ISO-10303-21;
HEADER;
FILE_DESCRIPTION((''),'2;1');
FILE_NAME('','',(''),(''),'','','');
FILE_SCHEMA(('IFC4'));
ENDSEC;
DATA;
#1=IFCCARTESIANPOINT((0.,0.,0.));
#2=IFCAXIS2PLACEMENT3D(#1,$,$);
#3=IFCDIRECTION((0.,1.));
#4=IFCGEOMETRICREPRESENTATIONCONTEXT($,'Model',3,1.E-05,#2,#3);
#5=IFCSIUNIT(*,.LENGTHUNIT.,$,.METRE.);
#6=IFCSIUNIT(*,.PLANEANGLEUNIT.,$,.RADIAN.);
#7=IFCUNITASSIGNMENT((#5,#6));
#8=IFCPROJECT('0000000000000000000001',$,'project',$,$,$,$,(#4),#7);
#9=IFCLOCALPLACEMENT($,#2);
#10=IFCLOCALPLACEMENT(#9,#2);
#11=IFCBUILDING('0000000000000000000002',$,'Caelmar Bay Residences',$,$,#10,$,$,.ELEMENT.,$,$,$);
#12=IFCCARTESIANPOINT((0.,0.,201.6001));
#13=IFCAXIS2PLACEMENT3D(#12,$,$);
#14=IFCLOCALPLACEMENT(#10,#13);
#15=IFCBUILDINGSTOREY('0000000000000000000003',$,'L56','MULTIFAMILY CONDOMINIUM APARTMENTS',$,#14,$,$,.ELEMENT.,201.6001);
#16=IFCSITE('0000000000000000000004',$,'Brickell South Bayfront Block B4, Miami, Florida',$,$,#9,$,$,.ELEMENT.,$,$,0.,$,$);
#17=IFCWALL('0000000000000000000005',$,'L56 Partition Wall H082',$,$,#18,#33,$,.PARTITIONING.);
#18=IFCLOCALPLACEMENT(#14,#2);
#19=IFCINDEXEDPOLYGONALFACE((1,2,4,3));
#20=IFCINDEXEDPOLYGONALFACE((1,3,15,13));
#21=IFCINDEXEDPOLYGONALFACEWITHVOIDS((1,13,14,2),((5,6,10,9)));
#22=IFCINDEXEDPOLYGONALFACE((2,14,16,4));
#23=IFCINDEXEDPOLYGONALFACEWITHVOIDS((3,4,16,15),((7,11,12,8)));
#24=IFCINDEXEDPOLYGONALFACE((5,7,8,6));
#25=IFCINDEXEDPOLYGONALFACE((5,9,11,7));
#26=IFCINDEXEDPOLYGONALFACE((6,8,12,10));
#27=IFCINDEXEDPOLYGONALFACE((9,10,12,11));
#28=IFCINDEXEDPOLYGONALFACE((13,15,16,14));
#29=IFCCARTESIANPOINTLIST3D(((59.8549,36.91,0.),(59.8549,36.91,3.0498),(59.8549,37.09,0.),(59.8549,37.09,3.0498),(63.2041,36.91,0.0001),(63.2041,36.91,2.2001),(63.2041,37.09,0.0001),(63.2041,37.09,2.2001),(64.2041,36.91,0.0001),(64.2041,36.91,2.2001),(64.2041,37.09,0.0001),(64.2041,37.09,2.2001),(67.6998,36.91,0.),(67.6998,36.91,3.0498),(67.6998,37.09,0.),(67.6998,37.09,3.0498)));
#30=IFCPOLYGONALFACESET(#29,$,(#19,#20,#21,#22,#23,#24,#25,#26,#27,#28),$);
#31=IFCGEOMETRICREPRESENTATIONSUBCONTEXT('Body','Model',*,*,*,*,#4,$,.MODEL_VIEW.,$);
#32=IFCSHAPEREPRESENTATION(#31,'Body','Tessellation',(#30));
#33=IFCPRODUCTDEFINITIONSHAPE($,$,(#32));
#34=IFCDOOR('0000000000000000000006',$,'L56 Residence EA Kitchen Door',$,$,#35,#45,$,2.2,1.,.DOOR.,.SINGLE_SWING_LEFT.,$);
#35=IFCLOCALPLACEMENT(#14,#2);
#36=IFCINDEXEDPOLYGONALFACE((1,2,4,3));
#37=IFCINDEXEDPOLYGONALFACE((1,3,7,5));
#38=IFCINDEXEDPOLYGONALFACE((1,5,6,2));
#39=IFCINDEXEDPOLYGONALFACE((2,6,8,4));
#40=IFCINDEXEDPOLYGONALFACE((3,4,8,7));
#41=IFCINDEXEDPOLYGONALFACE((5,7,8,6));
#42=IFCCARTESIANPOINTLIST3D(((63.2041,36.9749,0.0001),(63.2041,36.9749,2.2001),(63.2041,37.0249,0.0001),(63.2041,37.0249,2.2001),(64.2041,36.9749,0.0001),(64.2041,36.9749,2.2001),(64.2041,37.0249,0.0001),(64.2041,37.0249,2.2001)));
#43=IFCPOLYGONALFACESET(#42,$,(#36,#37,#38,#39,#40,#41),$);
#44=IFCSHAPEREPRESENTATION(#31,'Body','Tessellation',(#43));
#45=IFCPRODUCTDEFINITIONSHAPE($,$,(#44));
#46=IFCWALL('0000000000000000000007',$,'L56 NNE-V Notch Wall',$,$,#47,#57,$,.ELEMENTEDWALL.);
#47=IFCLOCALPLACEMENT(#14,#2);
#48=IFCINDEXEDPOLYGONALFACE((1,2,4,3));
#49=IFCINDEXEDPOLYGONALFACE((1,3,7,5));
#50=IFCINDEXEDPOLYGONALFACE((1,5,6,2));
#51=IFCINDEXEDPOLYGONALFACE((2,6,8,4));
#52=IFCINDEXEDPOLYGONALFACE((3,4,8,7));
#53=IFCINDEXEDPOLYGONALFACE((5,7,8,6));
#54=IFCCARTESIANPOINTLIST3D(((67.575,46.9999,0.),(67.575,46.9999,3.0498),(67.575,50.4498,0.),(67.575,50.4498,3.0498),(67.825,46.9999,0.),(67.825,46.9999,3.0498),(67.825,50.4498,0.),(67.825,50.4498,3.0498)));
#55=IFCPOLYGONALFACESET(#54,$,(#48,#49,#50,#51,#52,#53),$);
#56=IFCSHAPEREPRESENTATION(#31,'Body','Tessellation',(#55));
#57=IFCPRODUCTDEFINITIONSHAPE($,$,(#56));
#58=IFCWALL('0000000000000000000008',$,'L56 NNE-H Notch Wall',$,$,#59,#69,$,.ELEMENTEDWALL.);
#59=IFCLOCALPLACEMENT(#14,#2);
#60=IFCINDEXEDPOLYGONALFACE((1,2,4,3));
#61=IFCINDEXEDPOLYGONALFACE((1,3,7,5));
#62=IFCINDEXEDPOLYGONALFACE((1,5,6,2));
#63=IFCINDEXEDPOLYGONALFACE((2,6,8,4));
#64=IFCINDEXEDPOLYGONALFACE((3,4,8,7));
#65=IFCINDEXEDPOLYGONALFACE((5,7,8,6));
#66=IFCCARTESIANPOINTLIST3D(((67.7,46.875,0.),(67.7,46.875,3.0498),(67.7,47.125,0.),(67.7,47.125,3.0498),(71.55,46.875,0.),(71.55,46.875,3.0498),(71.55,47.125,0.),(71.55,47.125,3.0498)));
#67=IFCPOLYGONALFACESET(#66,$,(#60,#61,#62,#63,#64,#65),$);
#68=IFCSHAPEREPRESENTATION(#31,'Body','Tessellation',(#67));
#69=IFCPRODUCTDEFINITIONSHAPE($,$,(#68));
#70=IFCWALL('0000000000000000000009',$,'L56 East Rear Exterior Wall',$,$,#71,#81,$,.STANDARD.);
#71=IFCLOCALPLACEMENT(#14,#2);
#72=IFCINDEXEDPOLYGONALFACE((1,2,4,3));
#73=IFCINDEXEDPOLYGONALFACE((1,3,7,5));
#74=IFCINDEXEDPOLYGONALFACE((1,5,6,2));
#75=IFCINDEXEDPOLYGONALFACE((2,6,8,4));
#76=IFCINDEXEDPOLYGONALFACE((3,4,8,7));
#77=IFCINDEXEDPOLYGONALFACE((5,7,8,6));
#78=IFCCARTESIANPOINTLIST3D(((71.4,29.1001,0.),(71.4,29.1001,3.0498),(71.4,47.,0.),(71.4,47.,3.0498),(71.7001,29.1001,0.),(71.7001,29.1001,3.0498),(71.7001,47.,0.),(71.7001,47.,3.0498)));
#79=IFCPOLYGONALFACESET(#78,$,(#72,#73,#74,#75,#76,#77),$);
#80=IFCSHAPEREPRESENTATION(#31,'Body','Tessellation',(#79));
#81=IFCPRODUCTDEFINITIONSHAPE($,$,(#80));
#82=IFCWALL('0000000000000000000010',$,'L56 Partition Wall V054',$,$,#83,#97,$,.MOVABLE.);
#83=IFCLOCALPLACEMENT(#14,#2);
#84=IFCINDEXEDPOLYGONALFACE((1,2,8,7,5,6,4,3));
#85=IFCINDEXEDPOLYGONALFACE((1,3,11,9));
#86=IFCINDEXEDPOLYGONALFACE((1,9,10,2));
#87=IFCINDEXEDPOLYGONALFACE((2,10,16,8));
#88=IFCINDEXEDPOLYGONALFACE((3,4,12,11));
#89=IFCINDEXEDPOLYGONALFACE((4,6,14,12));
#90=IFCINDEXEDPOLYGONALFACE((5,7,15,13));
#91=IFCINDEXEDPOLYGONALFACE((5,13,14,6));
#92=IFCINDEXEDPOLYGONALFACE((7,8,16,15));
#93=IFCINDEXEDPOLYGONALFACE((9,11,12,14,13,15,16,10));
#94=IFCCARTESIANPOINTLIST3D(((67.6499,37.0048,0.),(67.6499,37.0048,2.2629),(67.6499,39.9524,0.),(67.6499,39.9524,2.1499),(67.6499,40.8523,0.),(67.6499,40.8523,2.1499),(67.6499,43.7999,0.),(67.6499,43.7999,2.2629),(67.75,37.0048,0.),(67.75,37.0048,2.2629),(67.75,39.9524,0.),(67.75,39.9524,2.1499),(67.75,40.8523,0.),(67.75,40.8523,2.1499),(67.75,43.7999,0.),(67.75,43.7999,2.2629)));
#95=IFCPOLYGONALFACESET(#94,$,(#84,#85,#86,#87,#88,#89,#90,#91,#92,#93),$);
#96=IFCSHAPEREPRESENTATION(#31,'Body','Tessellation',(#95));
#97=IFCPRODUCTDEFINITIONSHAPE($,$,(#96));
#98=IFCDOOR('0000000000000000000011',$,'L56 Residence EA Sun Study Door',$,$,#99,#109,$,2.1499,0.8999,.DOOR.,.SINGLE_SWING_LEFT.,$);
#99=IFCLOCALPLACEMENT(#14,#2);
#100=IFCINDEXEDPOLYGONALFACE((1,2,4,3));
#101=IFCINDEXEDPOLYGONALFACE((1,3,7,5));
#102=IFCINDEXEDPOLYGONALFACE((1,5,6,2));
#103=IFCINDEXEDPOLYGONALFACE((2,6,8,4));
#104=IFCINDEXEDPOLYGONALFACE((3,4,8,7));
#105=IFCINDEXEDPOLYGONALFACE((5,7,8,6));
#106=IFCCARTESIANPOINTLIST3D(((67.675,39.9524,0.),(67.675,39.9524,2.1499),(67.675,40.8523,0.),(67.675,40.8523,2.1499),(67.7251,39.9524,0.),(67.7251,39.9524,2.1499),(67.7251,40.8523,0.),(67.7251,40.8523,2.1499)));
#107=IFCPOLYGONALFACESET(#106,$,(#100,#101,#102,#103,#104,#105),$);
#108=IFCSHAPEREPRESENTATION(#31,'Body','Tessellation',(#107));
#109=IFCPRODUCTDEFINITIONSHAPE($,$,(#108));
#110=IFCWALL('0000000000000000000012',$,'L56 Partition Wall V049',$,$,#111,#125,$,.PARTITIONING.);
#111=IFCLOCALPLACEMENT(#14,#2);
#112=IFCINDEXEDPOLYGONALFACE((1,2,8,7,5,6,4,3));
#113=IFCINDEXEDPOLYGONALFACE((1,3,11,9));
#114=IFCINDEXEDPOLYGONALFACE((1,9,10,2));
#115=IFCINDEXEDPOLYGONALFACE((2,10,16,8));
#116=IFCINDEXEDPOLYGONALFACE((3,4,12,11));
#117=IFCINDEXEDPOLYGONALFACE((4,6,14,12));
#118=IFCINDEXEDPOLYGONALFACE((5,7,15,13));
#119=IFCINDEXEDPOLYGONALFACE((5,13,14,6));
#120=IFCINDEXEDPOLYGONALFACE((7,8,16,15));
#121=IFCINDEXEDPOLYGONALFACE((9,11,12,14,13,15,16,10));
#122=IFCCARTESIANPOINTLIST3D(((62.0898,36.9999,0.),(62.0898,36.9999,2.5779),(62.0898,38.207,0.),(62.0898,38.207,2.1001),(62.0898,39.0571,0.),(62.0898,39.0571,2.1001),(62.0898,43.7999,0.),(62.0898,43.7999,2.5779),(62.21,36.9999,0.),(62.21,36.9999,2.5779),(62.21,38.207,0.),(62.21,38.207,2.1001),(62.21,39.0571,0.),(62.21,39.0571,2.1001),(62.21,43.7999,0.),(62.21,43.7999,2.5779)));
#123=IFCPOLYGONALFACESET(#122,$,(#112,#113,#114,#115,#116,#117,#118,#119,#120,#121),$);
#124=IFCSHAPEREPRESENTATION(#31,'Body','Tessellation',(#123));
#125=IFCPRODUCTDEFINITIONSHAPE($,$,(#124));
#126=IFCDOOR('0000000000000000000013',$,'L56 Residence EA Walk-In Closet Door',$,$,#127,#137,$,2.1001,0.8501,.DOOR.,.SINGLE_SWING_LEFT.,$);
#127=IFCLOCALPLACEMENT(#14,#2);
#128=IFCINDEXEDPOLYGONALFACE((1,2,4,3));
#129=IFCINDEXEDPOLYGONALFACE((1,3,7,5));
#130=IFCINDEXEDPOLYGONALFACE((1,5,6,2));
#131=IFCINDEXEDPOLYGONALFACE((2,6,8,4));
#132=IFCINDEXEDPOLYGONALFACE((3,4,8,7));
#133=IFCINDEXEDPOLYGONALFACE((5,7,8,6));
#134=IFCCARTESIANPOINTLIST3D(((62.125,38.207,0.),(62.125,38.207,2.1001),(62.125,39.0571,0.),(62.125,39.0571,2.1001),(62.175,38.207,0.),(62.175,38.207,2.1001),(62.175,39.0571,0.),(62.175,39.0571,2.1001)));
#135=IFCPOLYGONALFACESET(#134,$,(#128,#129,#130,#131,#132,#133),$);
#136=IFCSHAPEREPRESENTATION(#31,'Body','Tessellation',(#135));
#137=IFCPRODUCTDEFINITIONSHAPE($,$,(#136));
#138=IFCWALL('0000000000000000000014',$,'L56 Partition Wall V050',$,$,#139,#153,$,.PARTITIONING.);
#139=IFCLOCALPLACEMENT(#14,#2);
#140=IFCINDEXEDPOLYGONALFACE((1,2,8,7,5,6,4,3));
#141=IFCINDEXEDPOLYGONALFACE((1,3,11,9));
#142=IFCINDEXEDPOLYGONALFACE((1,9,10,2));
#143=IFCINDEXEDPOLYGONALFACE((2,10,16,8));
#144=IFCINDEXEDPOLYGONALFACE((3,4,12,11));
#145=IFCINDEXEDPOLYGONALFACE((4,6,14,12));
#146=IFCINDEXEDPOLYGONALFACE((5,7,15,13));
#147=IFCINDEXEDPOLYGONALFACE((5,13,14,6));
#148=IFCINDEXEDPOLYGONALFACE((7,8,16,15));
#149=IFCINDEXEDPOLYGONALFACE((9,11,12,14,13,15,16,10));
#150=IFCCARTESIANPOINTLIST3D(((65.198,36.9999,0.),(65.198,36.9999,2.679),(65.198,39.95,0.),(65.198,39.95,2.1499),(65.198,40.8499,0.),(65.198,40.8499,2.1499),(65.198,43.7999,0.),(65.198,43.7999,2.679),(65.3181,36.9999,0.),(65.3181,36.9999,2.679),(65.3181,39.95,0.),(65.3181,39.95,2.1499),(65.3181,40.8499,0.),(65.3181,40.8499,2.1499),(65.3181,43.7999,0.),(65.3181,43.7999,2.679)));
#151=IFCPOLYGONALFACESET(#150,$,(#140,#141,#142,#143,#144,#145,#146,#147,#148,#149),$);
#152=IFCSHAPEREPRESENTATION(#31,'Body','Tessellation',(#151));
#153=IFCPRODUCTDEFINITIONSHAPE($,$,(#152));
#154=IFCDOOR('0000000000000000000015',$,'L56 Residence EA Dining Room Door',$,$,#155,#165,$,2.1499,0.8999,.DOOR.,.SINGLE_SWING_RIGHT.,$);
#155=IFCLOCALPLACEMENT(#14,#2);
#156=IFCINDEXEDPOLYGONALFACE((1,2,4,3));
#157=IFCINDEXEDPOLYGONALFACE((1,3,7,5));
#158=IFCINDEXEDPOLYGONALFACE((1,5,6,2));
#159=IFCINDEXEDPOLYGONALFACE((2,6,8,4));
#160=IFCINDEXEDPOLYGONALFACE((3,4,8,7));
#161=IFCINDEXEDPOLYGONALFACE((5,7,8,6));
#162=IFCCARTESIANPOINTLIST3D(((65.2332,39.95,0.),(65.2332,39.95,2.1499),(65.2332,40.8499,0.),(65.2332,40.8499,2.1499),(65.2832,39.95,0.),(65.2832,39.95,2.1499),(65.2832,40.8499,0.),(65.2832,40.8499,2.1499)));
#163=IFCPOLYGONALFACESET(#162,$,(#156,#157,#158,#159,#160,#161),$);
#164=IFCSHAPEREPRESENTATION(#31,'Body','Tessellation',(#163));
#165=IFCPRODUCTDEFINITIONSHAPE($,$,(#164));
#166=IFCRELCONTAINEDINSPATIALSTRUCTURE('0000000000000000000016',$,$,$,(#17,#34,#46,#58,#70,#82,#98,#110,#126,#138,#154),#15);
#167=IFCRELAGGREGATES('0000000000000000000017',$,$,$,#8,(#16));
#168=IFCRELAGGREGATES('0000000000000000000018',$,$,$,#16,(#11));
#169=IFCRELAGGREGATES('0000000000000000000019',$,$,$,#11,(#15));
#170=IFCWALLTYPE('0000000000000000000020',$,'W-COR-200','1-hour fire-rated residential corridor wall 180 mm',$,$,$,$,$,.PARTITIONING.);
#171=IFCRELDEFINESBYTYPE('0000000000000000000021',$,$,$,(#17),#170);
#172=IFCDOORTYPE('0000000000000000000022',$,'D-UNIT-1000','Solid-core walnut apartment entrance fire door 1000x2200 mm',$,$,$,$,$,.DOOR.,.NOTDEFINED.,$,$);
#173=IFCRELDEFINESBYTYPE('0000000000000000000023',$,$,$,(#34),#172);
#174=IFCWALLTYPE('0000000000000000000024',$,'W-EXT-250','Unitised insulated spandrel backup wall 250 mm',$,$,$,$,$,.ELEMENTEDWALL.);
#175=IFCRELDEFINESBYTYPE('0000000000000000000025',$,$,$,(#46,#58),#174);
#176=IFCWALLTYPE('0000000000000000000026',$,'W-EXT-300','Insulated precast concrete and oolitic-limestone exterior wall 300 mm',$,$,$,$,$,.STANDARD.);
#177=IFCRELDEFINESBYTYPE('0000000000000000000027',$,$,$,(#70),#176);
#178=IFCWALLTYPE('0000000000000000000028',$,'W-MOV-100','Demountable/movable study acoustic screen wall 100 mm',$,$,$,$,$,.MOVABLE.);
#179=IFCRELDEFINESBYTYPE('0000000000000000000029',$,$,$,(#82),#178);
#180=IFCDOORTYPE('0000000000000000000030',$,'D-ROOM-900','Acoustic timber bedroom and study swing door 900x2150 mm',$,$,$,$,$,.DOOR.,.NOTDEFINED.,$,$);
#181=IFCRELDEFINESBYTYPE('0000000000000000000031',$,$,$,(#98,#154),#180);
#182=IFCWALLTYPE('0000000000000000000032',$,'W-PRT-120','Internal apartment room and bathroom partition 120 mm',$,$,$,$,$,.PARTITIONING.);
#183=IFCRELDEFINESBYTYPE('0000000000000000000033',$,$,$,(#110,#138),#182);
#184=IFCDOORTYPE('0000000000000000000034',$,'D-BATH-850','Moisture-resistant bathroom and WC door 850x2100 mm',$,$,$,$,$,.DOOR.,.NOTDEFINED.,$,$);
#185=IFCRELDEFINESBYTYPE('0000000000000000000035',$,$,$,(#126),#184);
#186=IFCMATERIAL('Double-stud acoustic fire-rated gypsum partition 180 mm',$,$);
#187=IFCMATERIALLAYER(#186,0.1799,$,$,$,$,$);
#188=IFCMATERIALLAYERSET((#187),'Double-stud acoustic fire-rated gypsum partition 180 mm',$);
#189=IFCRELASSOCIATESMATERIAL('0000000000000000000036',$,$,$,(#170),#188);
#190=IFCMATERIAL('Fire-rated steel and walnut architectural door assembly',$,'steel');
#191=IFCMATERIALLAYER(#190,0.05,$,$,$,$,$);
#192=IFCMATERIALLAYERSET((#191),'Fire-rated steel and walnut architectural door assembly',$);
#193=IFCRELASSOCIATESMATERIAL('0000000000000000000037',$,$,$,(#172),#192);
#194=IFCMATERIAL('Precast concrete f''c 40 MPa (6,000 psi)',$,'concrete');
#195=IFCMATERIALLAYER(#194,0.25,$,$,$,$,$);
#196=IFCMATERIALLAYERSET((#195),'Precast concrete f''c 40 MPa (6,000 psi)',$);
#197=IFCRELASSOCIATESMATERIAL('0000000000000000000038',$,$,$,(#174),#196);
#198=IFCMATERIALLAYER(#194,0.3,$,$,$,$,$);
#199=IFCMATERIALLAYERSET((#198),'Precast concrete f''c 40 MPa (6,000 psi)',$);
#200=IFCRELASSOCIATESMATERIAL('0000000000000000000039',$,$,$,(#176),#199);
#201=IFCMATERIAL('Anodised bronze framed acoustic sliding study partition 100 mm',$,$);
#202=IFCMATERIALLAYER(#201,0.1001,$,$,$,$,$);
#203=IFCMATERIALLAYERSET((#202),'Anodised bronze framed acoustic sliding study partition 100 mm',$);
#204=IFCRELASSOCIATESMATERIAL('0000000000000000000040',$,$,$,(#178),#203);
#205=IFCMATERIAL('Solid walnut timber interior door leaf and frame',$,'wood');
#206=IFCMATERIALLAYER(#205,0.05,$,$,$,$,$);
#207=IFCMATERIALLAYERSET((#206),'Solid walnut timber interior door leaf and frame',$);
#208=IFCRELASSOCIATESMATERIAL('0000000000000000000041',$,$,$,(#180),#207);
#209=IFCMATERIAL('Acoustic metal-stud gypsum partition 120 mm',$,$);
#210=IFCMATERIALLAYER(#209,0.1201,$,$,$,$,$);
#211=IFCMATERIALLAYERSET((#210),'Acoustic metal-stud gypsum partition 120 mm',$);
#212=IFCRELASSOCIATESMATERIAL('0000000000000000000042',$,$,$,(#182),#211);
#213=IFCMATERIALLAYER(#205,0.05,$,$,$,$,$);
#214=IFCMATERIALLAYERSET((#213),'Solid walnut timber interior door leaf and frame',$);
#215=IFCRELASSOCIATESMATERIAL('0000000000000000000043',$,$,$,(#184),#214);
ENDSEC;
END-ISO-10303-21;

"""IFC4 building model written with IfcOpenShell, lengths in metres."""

from ifc_helpers import new_model, si_unit, direction, frame, frame_2d, origin, place, context, subcontext, project, spatial, rectangle, extrude, material, layer, layer_set, type_object, element, fill, save


model = new_model("IFC4")

# Units and contexts
model_context = context("Model", 3, precision=1e-05, world=origin(), true_north=direction((0.0, 1.0)))
body_context = subcontext(model_context, "Body", "Model", "MODEL_VIEW")
ifc_project = project(units=[si_unit("LENGTHUNIT", "METRE"), si_unit("PLANEANGLEUNIT", "RADIAN")], contexts=[model_context])

# Site, building, storey
site_placement = place(None, origin())
site = spatial("IfcSite", under=ifc_project, at=site_placement, Name="Brickell South Bayfront Block B4, Miami, Florida", CompositionType="ELEMENT", RefElevation=0.0)
building_placement = place(site_placement, origin())
building = spatial("IfcBuilding", under=site, at=building_placement, Name="Caelmar Bay Residences", CompositionType="ELEMENT")
storey_placement = place(building_placement, frame((0.0, 0.0, 201.6001)))
storey = spatial("IfcBuildingStorey", under=building, at=storey_placement, Name="L56", Description="MULTIFAMILY CONDOMINIUM APARTMENTS", CompositionType="ELEMENT", Elevation=201.6001)

# Shared definitions
ifc_material_1 = material(Name="Double-stud acoustic fire-rated gypsum partition 180 mm")
ifc_layer_1 = layer(ifc_material_1, 0.1799)
ifc_layer_set_1 = layer_set([ifc_layer_1], Name="Double-stud acoustic fire-rated gypsum partition 180 mm")
wall_type_1 = type_object("IfcWallType", Name="W-COR-200", Description="1-hour fire-rated residential corridor wall 180 mm", PredefinedType="PARTITIONING", material=ifc_layer_set_1)

# Wall, opening, door
wall_1_placement = place(storey_placement, frame((59.855, 37.0, 0.0), z_axis=(0.0, 0.0, 1.0), x_axis=(1.0, 0.0, 0.0)))
wall_1 = element("IfcWall", 1, at=wall_1_placement, inside=storey, type_object=wall_type_1, Name="L56 Partition Wall H082", PredefinedType="PARTITIONING", context=body_context, shape_type="SweptSolid", body=[
    extrude(rectangle(XDim=7.845, YDim=0.1799, at=frame_2d((3.9224, 0.0))), origin(), (0.0, 0.0, 1.0), 3.0498),
])
opening_1_placement = place(wall_1_placement, frame((3.3491, 0.0, 0.0)))
opening_1 = element("IfcOpeningElement", 2, at=opening_1_placement, cuts=wall_1, PredefinedType="OPENING", context=body_context, shape_type="SweptSolid", body=[
    extrude(rectangle(XDim=1.0, YDim=2.2, at=frame_2d((0.5, 1.1001))), frame((0.0, 0.0999, 0.0), z_axis=(0.0, -1.0, 0.0), x_axis=(1.0, 0.0, 0.0)), (0.0, 0.0, 1.0), 0.2),
])
ifc_material_2 = material(Name="Fire-rated steel and walnut architectural door assembly", Category="steel")
ifc_layer_2 = layer(ifc_material_2, 0.05)
ifc_layer_set_2 = layer_set([ifc_layer_2], Name="Fire-rated steel and walnut architectural door assembly")
door_type_1 = type_object("IfcDoorType", Name="D-UNIT-1000", Description="Solid-core walnut apartment entrance fire door 1000x2200 mm", OperationType="NOTDEFINED", PredefinedType="DOOR", material=ifc_layer_set_2)
door_1_placement = place(opening_1_placement, origin())
door_1 = element("IfcDoor", 3, at=door_1_placement, inside=storey, type_object=door_type_1, Name="L56 Residence EA Kitchen Door", OperationType="SINGLE_SWING_LEFT", OverallHeight=2.2, OverallWidth=1.0, PredefinedType="DOOR", context=body_context, shape_type="SweptSolid", body=[
    extrude(rectangle(XDim=1.0, YDim=2.2, at=frame_2d((0.5, 1.1001))), frame((0.0, 0.0249, 0.0), z_axis=(0.0, -1.0, 0.0), x_axis=(1.0, 0.0, 0.0)), (0.0, 0.0, 1.0), 0.05),
])
fill(opening_1, door_1)

# Walls
ifc_material_3 = material(Name="Precast concrete f'c 40 MPa (6,000 psi)", Category="concrete")
ifc_layer_3 = layer(ifc_material_3, 0.25)
ifc_layer_set_3 = layer_set([ifc_layer_3], Name="Precast concrete f'c 40 MPa (6,000 psi)")
wall_type_2 = type_object("IfcWallType", Name="W-EXT-250", Description="Unitised insulated spandrel backup wall 250 mm", PredefinedType="ELEMENTEDWALL", material=ifc_layer_set_3)
wall_2_placement = place(storey_placement, frame((67.7, 50.45, 0.0), z_axis=(0.0, 0.0, 1.0), x_axis=(0.0, -1.0, 0.0)))
element("IfcWall", 4, at=wall_2_placement, inside=storey, type_object=wall_type_2, Name="L56 NNE-V Notch Wall", PredefinedType="ELEMENTEDWALL", context=body_context, shape_type="SweptSolid", body=[
    extrude(rectangle(XDim=3.45, YDim=0.25, at=frame_2d((1.7251, 0.0))), origin(), (0.0, 0.0, 1.0), 3.0498),
])
wall_3_placement = place(storey_placement, frame((67.7, 47.0, 0.0), z_axis=(0.0, 0.0, 1.0), x_axis=(1.0, 0.0, 0.0)))
element("IfcWall", 5, at=wall_3_placement, inside=storey, type_object=wall_type_2, Name="L56 NNE-H Notch Wall", PredefinedType="ELEMENTEDWALL", context=body_context, shape_type="SweptSolid", body=[
    extrude(rectangle(XDim=3.8501, YDim=0.25, at=frame_2d((1.925, 0.0))), origin(), (0.0, 0.0, 1.0), 3.0498),
])
ifc_layer_4 = layer(ifc_material_3, 0.3)
ifc_layer_set_4 = layer_set([ifc_layer_4], Name="Precast concrete f'c 40 MPa (6,000 psi)")
wall_type_3 = type_object("IfcWallType", Name="W-EXT-300", Description="Insulated precast concrete and oolitic-limestone exterior wall 300 mm", PredefinedType="STANDARD", material=ifc_layer_set_4)
wall_4_placement = place(storey_placement, frame((71.55, 47.0, 0.0), z_axis=(0.0, 0.0, 1.0), x_axis=(0.0, -1.0, 0.0)))
element("IfcWall", 6, at=wall_4_placement, inside=storey, type_object=wall_type_3, Name="L56 East Rear Exterior Wall", PredefinedType="STANDARD", context=body_context, shape_type="SweptSolid", body=[
    extrude(rectangle(XDim=17.8999, YDim=0.3, at=frame_2d((8.95, 0.0))), origin(), (0.0, 0.0, 1.0), 3.0498),
])

# Walls, openings, doors
ifc_material_4 = material(Name="Anodised bronze framed acoustic sliding study partition 100 mm")
ifc_layer_5 = layer(ifc_material_4, 0.1001)
ifc_layer_set_5 = layer_set([ifc_layer_5], Name="Anodised bronze framed acoustic sliding study partition 100 mm")
wall_type_4 = type_object("IfcWallType", Name="W-MOV-100", Description="Demountable/movable study acoustic screen wall 100 mm", PredefinedType="MOVABLE", material=ifc_layer_set_5)
wall_5_placement = place(storey_placement, frame((67.7, 37.0049, 0.0), z_axis=(0.0, 0.0, 1.0), x_axis=(0.0, 1.0, 0.0)))
wall_5 = element("IfcWall", 7, at=wall_5_placement, inside=storey, type_object=wall_type_4, Name="L56 Partition Wall V054", PredefinedType="MOVABLE", context=body_context, shape_type="SweptSolid", body=[
    extrude(rectangle(XDim=6.7952, YDim=0.1001, at=frame_2d((3.3975, 0.0))), origin(), (0.0, 0.0, 1.0), 2.2629),
])
opening_2_placement = place(wall_5_placement, frame((2.9475, 0.0, 0.0)))
opening_2 = element("IfcOpeningElement", 8, at=opening_2_placement, cuts=wall_5, PredefinedType="OPENING", context=body_context, shape_type="SweptSolid", body=[
    extrude(rectangle(XDim=0.8999, YDim=2.1499, at=frame_2d((0.45, 1.075))), frame((0.0, 0.0601, 0.0), z_axis=(0.0, -1.0, 0.0), x_axis=(1.0, 0.0, 0.0)), (0.0, 0.0, 1.0), 0.1201),
])
ifc_material_5 = material(Name="Solid walnut timber interior door leaf and frame", Category="wood")
ifc_layer_6 = layer(ifc_material_5, 0.05)
ifc_layer_set_6 = layer_set([ifc_layer_6], Name="Solid walnut timber interior door leaf and frame")
door_type_2 = type_object("IfcDoorType", Name="D-ROOM-900", Description="Acoustic timber bedroom and study swing door 900x2150 mm", OperationType="NOTDEFINED", PredefinedType="DOOR", material=ifc_layer_set_6)
door_2_placement = place(opening_2_placement, origin())
door_2 = element("IfcDoor", 9, at=door_2_placement, inside=storey, type_object=door_type_2, Name="L56 Residence EA Sun Study Door", OperationType="SINGLE_SWING_LEFT", OverallHeight=2.1499, OverallWidth=0.8999, PredefinedType="DOOR", context=body_context, shape_type="SweptSolid", body=[
    extrude(rectangle(XDim=0.8999, YDim=2.1499, at=frame_2d((0.45, 1.075))), frame((0.0, 0.0249, 0.0), z_axis=(0.0, -1.0, 0.0), x_axis=(1.0, 0.0, 0.0)), (0.0, 0.0, 1.0), 0.05),
])
fill(opening_2, door_2)
ifc_material_6 = material(Name="Acoustic metal-stud gypsum partition 120 mm")
ifc_layer_7 = layer(ifc_material_6, 0.1201)
ifc_layer_set_7 = layer_set([ifc_layer_7], Name="Acoustic metal-stud gypsum partition 120 mm")
wall_type_5 = type_object("IfcWallType", Name="W-PRT-120", Description="Internal apartment room and bathroom partition 120 mm", PredefinedType="PARTITIONING", material=ifc_layer_set_7)
wall_6_placement = place(storey_placement, frame((62.1499, 37.0, 0.0), z_axis=(0.0, 0.0, 1.0), x_axis=(0.0, 1.0, 0.0)))
wall_6 = element("IfcWall", 10, at=wall_6_placement, inside=storey, type_object=wall_type_5, Name="L56 Partition Wall V049", PredefinedType="PARTITIONING", context=body_context, shape_type="SweptSolid", body=[
    extrude(rectangle(XDim=6.8, YDim=0.1201, at=frame_2d((3.3999, 0.0))), origin(), (0.0, 0.0, 1.0), 2.5779),
])
opening_3_placement = place(wall_6_placement, frame((1.207, 0.0, 0.0)))
opening_3 = element("IfcOpeningElement", 11, at=opening_3_placement, cuts=wall_6, PredefinedType="OPENING", context=body_context, shape_type="SweptSolid", body=[
    extrude(rectangle(XDim=0.8501, YDim=2.1001, at=frame_2d((0.425, 1.05))), frame((0.0, 0.0701, 0.0), z_axis=(0.0, -1.0, 0.0), x_axis=(1.0, 0.0, 0.0)), (0.0, 0.0, 1.0), 0.1401),
])
ifc_layer_8 = layer(ifc_material_5, 0.05)
ifc_layer_set_8 = layer_set([ifc_layer_8], Name="Solid walnut timber interior door leaf and frame")
door_type_3 = type_object("IfcDoorType", Name="D-BATH-850", Description="Moisture-resistant bathroom and WC door 850x2100 mm", OperationType="NOTDEFINED", PredefinedType="DOOR", material=ifc_layer_set_8)
door_3_placement = place(opening_3_placement, origin())
door_3 = element("IfcDoor", 12, at=door_3_placement, inside=storey, type_object=door_type_3, Name="L56 Residence EA Walk-In Closet Door", OperationType="SINGLE_SWING_LEFT", OverallHeight=2.1001, OverallWidth=0.8501, PredefinedType="DOOR", context=body_context, shape_type="SweptSolid", body=[
    extrude(rectangle(XDim=0.8501, YDim=2.1001, at=frame_2d((0.425, 1.05))), frame((0.0, 0.0249, 0.0), z_axis=(0.0, -1.0, 0.0), x_axis=(1.0, 0.0, 0.0)), (0.0, 0.0, 1.0), 0.05),
])
fill(opening_3, door_3)
wall_7_placement = place(storey_placement, frame((65.2581, 37.0, 0.0), z_axis=(0.0, 0.0, 1.0), x_axis=(0.0, 1.0, 0.0)))
wall_7 = element("IfcWall", 13, at=wall_7_placement, inside=storey, type_object=wall_type_5, Name="L56 Partition Wall V050", PredefinedType="PARTITIONING", context=body_context, shape_type="SweptSolid", body=[
    extrude(rectangle(XDim=6.8, YDim=0.1201, at=frame_2d((3.3999, 0.0))), origin(), (0.0, 0.0, 1.0), 2.679),
])
opening_4_placement = place(wall_7_placement, frame((2.95, 0.0, 0.0)))
opening_4 = element("IfcOpeningElement", 14, at=opening_4_placement, cuts=wall_7, PredefinedType="OPENING", context=body_context, shape_type="SweptSolid", body=[
    extrude(rectangle(XDim=0.8999, YDim=2.1499, at=frame_2d((0.45, 1.075))), frame((0.0, 0.0701, 0.0), z_axis=(0.0, -1.0, 0.0), x_axis=(1.0, 0.0, 0.0)), (0.0, 0.0, 1.0), 0.1401),
])
door_4_placement = place(opening_4_placement, origin())
door_4 = element("IfcDoor", 15, at=door_4_placement, inside=storey, type_object=door_type_2, Name="L56 Residence EA Dining Room Door", OperationType="SINGLE_SWING_RIGHT", OverallHeight=2.1499, OverallWidth=0.8999, PredefinedType="DOOR", context=body_context, shape_type="SweptSolid", body=[
    extrude(rectangle(XDim=0.8999, YDim=2.1499, at=frame_2d((0.45, 1.075))), frame((0.0, 0.0249, 0.0), z_axis=(0.0, -1.0, 0.0), x_axis=(1.0, 0.0, 0.0)), (0.0, 0.0, 1.0), 0.05),
])
fill(opening_4, door_4)

save(model, "model.ifc")
